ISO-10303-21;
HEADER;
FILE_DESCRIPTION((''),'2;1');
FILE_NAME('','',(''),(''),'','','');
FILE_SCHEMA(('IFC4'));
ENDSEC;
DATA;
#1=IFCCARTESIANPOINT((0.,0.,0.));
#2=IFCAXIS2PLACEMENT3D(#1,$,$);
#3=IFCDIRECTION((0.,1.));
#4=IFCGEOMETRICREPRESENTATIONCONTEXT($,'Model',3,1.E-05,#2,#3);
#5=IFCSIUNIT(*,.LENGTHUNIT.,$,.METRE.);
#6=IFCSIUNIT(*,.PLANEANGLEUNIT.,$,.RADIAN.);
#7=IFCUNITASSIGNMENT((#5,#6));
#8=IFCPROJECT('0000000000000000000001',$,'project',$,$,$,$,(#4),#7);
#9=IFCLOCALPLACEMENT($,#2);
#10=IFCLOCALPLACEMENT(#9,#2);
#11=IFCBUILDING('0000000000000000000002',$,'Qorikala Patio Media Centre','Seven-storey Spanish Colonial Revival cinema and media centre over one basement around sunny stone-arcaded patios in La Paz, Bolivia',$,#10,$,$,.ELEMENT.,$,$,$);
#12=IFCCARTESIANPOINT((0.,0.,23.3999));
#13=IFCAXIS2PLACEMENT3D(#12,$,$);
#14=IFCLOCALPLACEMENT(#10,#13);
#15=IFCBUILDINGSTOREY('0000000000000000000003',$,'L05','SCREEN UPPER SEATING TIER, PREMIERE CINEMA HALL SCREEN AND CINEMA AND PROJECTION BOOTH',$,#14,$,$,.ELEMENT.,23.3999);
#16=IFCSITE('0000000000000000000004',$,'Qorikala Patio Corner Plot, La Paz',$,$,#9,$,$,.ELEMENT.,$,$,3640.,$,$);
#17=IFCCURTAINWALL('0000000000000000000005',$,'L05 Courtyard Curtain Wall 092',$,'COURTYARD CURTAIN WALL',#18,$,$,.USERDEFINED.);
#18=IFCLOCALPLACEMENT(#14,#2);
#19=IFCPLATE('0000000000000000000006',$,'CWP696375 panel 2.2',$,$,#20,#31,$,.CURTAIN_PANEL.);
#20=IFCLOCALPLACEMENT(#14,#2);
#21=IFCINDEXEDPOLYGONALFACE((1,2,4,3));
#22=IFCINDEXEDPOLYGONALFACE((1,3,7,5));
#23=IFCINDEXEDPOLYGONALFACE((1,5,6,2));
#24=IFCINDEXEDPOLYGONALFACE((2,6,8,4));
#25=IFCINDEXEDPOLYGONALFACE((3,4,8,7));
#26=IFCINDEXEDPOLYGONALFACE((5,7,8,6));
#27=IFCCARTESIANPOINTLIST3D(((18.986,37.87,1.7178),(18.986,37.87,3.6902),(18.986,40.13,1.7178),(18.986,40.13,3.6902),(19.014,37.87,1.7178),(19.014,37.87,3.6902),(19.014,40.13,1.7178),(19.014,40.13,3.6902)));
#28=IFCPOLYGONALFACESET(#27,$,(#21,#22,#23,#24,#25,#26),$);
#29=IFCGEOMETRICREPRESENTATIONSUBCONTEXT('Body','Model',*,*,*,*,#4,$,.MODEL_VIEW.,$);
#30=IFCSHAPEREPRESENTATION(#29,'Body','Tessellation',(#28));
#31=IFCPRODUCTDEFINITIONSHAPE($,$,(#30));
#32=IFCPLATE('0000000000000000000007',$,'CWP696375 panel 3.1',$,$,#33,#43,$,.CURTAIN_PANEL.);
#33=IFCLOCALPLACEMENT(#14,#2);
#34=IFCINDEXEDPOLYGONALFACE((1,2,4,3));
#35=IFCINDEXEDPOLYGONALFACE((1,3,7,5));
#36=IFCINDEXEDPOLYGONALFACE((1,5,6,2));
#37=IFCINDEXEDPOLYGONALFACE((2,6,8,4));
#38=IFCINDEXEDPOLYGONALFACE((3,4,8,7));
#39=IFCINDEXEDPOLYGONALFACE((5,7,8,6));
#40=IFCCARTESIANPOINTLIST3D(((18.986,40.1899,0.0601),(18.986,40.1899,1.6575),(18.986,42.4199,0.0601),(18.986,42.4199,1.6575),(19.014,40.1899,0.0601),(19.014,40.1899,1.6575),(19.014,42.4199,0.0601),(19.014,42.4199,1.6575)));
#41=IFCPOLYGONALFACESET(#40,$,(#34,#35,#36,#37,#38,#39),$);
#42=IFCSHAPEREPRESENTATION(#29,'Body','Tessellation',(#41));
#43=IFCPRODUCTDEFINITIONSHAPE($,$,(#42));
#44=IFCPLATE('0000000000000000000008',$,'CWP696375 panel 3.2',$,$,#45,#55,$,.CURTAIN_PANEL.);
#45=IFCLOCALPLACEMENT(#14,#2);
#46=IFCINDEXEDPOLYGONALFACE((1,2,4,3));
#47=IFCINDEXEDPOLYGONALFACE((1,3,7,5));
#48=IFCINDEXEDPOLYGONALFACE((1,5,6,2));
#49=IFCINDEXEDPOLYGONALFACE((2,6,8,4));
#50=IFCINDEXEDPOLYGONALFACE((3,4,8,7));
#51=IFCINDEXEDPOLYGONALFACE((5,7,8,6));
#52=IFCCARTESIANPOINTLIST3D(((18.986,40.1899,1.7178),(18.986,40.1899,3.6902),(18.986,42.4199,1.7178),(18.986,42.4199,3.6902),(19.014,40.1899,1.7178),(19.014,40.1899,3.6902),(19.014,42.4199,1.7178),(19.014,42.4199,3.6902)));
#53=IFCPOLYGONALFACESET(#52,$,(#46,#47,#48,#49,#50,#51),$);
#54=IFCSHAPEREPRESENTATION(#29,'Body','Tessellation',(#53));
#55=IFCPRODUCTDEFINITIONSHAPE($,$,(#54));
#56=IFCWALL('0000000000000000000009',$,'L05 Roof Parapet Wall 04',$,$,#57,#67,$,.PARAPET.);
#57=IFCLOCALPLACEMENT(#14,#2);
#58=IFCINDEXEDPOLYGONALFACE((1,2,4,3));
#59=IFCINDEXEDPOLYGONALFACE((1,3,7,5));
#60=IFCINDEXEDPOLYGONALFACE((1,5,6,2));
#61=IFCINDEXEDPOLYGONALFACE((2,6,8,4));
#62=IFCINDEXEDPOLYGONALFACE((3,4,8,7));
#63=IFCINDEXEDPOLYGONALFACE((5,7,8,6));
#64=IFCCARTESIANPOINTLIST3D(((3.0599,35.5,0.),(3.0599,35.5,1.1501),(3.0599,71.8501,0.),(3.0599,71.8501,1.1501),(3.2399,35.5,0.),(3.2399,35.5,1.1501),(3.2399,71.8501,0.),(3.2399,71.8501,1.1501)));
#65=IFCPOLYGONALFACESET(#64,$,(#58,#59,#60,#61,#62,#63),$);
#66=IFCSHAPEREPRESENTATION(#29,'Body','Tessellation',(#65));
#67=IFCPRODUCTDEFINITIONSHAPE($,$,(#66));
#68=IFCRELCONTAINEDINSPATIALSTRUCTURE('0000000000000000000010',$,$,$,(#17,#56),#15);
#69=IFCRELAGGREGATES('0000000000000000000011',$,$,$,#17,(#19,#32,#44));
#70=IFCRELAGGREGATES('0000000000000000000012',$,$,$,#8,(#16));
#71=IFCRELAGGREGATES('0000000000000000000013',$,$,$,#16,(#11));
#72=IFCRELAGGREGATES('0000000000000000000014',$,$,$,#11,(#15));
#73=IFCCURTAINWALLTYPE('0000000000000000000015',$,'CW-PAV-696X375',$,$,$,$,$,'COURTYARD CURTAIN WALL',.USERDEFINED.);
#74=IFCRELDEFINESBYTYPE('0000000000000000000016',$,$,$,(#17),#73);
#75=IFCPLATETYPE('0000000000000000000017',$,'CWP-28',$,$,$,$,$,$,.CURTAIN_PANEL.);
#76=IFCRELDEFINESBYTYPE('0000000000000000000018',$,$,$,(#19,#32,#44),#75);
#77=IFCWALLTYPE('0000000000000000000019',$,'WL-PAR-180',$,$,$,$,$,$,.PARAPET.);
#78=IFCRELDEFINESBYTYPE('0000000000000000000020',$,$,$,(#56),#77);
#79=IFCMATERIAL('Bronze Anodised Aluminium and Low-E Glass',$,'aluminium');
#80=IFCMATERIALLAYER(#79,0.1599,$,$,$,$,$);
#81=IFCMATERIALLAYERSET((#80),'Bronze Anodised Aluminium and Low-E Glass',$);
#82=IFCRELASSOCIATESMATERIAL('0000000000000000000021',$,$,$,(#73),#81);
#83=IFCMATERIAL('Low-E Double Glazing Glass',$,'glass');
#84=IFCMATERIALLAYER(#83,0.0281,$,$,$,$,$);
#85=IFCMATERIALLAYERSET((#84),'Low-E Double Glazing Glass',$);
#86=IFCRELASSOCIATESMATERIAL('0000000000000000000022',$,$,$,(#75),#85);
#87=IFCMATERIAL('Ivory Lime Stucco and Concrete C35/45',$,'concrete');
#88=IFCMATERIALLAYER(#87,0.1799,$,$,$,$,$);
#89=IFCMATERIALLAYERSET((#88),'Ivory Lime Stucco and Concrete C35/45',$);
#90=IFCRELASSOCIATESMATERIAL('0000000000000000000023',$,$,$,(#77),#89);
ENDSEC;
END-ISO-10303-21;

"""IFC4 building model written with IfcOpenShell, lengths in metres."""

from ifc_helpers import new_model, si_unit, direction, frame, frame_2d, origin, origin_2d, place, context, subcontext, project, spatial, rectangle, extrude, material, layer, layer_set, type_object, element, aggregate, save


model = new_model("IFC4")

# Units and contexts
model_context = context("Model", 3, precision=1e-05, world=origin(), true_north=direction((0.0, 1.0)))
body_context = subcontext(model_context, "Body", "Model", "MODEL_VIEW")
ifc_project = project(units=[si_unit("LENGTHUNIT", "METRE"), si_unit("PLANEANGLEUNIT", "RADIAN")], contexts=[model_context])

# Site, building, storey
site_placement = place(None, origin())
site = spatial("IfcSite", under=ifc_project, at=site_placement, Name="Qorikala Patio Corner Plot, La Paz", CompositionType="ELEMENT", RefElevation=3640.0)
building_placement = place(site_placement, origin())
building = spatial("IfcBuilding", under=site, at=building_placement, Name="Qorikala Patio Media Centre", Description="Seven-storey Spanish Colonial Revival cinema and media centre over one basement around sunny stone-arcaded patios in La Paz, Bolivia", CompositionType="ELEMENT")
storey_placement = place(building_placement, frame((0.0, 0.0, 23.3999)))
storey = spatial("IfcBuildingStorey", under=building, at=storey_placement, Name="L05", Description="SCREEN UPPER SEATING TIER, PREMIERE CINEMA HALL SCREEN AND CINEMA AND PROJECTION BOOTH", CompositionType="ELEMENT", Elevation=23.3999)

# Curtain wall
ifc_material_1 = material(Name="Bronze Anodised Aluminium and Low-E Glass", Category="aluminium")
ifc_layer_1 = layer(ifc_material_1, 0.1599)
ifc_layer_set_1 = layer_set([ifc_layer_1], Name="Bronze Anodised Aluminium and Low-E Glass")
curtain_wall_type = type_object("IfcCurtainWallType", Name="CW-PAV-696X375", ElementType="COURTYARD CURTAIN WALL", PredefinedType="USERDEFINED", material=ifc_layer_set_1)
curtain_wall_placement = place(storey_placement, origin())
curtain_wall = element("IfcCurtainWall", 1, at=curtain_wall_placement, inside=storey, type_object=curtain_wall_type, Name="L05 Courtyard Curtain Wall 092", ObjectType="COURTYARD CURTAIN WALL", PredefinedType="USERDEFINED")

# Plates
ifc_material_2 = material(Name="Low-E Double Glazing Glass", Category="glass")
ifc_layer_2 = layer(ifc_material_2, 0.0281)
ifc_layer_set_2 = layer_set([ifc_layer_2], Name="Low-E Double Glazing Glass")
plate_type = type_object("IfcPlateType", Name="CWP-28", PredefinedType="CURTAIN_PANEL", material=ifc_layer_set_2)
plate_1_placement = place(storey_placement, frame((19.0, 39.0, 1.7178), z_axis=(0.0, 0.0, 1.0), x_axis=(0.0, 1.0, 0.0)))
plate_1 = element("IfcPlate", 2, at=plate_1_placement, type_object=plate_type, Name="CWP696375 panel 2.2", PredefinedType="CURTAIN_PANEL", context=body_context, shape_type="SweptSolid", body=[
    extrude(rectangle(XDim=2.26, YDim=0.0281, at=origin_2d()), origin(), (0.0, 0.0, 1.0), 1.9724),
])
plate_2_placement = place(storey_placement, frame((19.0, 41.3049, 0.0601), z_axis=(0.0, 0.0, 1.0), x_axis=(0.0, 1.0, 0.0)))
plate_2 = element("IfcPlate", 3, at=plate_2_placement, type_object=plate_type, Name="CWP696375 panel 3.1", PredefinedType="CURTAIN_PANEL", context=body_context, shape_type="SweptSolid", body=[
    extrude(rectangle(XDim=2.23, YDim=0.0281, at=origin_2d()), origin(), (0.0, 0.0, 1.0), 1.5974),
])
plate_3_placement = place(storey_placement, frame((19.0, 41.3049, 1.7178), z_axis=(0.0, 0.0, 1.0), x_axis=(0.0, 1.0, 0.0)))
plate_3 = element("IfcPlate", 4, at=plate_3_placement, type_object=plate_type, Name="CWP696375 panel 3.2", PredefinedType="CURTAIN_PANEL", context=body_context, shape_type="SweptSolid", body=[
    extrude(rectangle(XDim=2.23, YDim=0.0281, at=origin_2d()), origin(), (0.0, 0.0, 1.0), 1.9724),
])
aggregate(curtain_wall, [plate_1, plate_2, plate_3])

# Wall
ifc_material_3 = material(Name="Ivory Lime Stucco and Concrete C35/45", Category="concrete")
ifc_layer_3 = layer(ifc_material_3, 0.1799)
ifc_layer_set_3 = layer_set([ifc_layer_3], Name="Ivory Lime Stucco and Concrete C35/45")
wall_type = type_object("IfcWallType", Name="WL-PAR-180", PredefinedType="PARAPET", material=ifc_layer_set_3)
wall_placement = place(storey_placement, frame((3.1499, 35.5, 0.0), z_axis=(0.0, 0.0, 1.0), x_axis=(0.0, 1.0, 0.0)))
element("IfcWall", 5, at=wall_placement, inside=storey, type_object=wall_type, Name="L05 Roof Parapet Wall 04", PredefinedType="PARAPET", context=body_context, shape_type="SweptSolid", body=[
    extrude(rectangle(XDim=36.3501, YDim=0.1799, at=frame_2d((18.175, 0.0))), origin(), (0.0, 0.0, 1.0), 1.1501),
])

save(model, "model.ifc")
